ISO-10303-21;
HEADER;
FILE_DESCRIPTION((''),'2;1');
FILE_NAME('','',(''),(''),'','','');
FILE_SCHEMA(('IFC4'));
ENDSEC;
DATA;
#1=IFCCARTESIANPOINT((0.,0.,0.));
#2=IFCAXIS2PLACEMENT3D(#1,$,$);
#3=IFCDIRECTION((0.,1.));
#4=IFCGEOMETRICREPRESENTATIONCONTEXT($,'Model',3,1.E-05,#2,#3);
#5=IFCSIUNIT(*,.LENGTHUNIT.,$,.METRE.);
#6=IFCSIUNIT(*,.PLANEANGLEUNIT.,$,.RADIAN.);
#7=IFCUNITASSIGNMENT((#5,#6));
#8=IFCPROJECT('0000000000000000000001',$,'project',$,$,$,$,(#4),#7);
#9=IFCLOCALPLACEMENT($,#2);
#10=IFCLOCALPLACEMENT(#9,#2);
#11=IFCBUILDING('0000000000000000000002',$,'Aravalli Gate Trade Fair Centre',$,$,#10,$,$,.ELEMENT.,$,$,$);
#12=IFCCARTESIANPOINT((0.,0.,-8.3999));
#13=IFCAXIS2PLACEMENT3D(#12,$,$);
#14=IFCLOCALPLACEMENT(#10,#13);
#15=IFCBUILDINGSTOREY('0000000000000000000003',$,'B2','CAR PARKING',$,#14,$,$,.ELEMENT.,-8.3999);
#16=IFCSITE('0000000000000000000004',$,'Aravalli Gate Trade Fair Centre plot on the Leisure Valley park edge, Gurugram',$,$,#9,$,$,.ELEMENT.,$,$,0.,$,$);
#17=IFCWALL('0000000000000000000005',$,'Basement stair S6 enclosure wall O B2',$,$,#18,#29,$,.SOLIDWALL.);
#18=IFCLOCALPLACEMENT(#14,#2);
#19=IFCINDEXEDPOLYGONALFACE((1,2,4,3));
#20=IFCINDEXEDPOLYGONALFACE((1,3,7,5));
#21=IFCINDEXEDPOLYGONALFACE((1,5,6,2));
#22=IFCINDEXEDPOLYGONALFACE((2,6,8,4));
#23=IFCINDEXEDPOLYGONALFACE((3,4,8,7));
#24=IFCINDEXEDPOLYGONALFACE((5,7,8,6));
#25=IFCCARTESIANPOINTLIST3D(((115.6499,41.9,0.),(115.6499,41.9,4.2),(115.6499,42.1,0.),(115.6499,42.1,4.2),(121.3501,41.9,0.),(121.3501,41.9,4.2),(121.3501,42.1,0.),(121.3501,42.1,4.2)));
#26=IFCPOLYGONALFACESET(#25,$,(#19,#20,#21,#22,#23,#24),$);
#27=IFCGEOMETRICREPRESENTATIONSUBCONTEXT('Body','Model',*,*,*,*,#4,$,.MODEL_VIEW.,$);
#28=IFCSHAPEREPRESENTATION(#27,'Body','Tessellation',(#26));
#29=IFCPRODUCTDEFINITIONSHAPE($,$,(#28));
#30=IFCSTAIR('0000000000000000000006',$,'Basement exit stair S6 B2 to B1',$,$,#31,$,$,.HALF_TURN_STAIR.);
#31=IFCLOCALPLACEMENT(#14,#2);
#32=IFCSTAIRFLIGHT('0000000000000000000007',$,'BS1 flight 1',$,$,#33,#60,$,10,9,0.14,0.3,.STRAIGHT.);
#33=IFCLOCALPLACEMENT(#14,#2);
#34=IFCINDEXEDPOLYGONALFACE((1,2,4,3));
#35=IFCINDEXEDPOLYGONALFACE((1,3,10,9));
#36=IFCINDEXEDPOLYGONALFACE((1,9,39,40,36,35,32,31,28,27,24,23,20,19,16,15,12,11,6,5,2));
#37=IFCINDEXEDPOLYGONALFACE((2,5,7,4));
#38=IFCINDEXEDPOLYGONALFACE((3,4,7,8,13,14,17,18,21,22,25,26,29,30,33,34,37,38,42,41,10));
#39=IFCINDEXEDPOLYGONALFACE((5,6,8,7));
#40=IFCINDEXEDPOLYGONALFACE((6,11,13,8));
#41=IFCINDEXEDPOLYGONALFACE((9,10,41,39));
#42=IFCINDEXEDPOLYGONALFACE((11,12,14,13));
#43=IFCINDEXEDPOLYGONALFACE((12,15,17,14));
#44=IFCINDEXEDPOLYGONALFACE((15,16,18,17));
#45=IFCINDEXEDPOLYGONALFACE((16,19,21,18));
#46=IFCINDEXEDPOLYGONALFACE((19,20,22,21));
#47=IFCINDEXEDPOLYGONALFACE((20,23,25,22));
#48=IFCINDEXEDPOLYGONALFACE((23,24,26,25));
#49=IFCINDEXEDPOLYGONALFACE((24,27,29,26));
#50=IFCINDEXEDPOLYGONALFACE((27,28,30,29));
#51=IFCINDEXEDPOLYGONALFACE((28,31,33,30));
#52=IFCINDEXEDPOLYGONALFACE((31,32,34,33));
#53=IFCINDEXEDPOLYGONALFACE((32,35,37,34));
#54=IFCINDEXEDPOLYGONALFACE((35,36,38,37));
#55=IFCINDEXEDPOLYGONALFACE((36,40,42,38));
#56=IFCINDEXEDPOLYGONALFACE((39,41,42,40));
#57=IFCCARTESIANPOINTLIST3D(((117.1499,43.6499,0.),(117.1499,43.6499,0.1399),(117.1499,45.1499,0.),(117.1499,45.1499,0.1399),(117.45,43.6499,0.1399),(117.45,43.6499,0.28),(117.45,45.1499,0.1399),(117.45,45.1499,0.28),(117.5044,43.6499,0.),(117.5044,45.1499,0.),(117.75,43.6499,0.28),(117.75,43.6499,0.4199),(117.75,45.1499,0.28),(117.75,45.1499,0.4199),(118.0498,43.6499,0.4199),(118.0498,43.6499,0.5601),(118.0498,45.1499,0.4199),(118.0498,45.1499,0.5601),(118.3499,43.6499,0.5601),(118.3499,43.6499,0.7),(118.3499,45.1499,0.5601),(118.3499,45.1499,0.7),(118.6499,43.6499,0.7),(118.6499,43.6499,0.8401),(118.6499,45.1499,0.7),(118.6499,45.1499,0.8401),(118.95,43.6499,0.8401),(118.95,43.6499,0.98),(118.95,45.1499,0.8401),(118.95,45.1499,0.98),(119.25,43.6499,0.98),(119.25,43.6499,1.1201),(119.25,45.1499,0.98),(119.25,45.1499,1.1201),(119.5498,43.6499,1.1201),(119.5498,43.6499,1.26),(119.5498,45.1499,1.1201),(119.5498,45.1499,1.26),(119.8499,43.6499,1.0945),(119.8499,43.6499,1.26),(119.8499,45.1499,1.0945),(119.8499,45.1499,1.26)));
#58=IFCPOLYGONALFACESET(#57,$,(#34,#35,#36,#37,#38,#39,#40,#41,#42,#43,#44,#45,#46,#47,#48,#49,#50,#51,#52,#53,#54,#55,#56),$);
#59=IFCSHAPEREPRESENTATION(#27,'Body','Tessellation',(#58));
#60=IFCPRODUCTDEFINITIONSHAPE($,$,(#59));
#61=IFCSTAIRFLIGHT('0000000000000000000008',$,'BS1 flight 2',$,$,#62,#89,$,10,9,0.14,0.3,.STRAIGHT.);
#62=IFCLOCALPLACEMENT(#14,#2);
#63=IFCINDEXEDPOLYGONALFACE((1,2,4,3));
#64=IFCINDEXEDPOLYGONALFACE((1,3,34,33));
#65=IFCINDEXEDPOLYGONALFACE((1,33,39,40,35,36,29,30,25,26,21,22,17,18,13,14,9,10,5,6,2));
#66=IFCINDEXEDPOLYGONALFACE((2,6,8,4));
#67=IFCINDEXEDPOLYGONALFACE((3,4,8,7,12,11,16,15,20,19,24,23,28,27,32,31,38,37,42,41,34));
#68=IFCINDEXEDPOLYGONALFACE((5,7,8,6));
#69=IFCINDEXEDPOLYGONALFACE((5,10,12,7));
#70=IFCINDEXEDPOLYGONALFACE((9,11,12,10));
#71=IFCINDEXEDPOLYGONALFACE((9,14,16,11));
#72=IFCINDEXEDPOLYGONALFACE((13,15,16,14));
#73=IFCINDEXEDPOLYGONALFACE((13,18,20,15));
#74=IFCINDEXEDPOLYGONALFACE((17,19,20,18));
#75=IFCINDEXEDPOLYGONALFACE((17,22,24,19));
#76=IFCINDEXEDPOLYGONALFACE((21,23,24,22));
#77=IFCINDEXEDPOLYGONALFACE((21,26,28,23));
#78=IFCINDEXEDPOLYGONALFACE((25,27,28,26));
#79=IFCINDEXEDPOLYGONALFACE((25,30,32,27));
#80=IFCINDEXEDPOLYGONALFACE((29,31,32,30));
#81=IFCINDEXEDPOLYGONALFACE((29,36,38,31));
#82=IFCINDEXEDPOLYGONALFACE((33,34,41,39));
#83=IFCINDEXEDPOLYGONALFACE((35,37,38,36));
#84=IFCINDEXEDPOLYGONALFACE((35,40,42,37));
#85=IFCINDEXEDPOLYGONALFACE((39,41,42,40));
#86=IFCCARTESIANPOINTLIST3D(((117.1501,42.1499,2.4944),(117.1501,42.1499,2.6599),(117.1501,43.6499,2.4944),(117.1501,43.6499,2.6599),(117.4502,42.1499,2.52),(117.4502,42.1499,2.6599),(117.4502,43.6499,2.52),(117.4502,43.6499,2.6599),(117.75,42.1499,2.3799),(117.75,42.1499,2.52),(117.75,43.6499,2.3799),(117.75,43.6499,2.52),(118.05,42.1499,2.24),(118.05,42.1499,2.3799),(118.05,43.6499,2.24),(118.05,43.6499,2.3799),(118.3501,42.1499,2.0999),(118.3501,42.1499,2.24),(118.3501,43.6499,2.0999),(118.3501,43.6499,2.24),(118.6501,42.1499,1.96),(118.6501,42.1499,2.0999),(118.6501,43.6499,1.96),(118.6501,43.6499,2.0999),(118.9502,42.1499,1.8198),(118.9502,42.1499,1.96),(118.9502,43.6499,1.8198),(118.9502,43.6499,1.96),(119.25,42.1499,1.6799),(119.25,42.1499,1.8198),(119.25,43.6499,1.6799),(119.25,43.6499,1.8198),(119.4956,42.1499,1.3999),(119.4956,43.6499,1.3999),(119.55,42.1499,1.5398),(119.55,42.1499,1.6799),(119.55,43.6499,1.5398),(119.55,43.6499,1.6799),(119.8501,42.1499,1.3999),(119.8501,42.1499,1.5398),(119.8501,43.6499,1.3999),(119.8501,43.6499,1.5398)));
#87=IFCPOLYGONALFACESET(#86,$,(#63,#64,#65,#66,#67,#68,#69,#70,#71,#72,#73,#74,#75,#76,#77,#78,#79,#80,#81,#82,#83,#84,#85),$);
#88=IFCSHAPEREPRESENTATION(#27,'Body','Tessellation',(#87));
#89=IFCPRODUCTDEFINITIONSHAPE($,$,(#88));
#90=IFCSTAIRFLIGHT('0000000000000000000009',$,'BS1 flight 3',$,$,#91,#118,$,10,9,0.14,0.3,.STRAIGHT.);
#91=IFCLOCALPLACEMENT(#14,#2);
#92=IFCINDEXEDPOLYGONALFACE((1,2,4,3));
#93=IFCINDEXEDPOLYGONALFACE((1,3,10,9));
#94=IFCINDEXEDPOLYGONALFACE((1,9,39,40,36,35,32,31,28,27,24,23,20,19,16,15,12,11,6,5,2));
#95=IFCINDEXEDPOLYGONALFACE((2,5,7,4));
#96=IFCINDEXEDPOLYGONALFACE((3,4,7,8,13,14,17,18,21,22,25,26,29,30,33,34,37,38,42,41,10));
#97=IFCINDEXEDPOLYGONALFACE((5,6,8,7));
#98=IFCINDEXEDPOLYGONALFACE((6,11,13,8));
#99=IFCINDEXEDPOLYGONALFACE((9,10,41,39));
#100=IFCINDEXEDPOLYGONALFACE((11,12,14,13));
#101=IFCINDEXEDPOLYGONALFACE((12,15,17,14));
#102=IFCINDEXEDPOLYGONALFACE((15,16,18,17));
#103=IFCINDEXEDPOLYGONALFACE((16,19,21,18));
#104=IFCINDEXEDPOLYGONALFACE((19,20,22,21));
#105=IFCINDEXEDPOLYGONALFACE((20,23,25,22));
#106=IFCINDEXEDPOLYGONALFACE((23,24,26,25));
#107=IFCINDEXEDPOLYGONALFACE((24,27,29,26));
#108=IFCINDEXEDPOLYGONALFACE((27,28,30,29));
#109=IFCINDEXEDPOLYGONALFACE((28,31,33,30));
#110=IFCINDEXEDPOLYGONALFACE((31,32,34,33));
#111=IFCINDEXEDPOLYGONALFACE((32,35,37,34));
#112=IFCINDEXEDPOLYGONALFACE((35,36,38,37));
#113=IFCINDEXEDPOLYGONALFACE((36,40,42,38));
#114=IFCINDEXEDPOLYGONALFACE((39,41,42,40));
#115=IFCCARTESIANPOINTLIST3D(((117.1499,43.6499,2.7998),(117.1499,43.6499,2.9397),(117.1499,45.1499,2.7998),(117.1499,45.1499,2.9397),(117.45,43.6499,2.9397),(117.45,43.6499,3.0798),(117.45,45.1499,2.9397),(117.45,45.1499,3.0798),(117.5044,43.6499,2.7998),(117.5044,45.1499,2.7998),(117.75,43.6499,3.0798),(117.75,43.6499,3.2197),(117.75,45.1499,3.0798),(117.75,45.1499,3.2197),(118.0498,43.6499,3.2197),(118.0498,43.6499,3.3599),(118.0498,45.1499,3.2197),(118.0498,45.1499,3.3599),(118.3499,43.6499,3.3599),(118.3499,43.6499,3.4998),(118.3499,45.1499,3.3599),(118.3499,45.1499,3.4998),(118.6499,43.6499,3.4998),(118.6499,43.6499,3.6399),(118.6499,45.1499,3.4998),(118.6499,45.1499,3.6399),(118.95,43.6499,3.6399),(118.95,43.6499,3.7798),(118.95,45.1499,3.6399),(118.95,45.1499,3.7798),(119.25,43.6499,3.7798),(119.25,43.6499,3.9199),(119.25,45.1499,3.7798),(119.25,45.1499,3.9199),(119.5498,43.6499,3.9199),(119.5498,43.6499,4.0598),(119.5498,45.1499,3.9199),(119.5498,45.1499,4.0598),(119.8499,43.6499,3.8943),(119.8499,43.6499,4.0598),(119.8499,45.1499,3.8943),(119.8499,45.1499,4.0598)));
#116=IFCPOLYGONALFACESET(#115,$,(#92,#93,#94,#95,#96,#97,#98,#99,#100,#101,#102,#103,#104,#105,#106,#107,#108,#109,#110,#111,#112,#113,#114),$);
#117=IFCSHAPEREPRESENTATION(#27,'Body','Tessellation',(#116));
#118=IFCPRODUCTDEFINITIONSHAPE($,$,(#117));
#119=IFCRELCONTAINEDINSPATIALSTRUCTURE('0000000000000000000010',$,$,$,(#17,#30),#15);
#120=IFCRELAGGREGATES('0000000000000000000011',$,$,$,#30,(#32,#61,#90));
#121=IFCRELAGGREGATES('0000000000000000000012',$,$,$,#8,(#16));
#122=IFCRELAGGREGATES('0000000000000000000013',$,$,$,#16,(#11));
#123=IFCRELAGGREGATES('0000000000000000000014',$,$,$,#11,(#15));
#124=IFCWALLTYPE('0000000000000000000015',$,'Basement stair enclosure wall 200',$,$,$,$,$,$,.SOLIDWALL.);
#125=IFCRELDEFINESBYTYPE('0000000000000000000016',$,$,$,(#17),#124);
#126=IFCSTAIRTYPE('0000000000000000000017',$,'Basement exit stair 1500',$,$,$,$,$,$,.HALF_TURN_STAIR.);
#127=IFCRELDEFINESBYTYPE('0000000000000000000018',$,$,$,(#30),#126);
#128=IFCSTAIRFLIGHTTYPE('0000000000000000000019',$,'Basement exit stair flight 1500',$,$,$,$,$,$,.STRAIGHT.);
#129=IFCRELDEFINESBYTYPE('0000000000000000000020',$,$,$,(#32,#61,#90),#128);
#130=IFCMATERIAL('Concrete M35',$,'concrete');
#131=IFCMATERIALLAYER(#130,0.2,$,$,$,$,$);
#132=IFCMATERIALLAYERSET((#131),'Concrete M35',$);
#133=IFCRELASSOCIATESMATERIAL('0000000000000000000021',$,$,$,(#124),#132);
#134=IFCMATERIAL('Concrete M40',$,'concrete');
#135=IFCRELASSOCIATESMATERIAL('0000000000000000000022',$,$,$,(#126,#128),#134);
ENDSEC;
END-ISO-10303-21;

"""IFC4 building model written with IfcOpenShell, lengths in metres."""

from ifc_helpers import new_model, si_unit, direction, frame, frame_2d, origin, place, context, subcontext, project, spatial, polyline, rectangle, outline, extrude, material, layer, layer_set, type_object, element, aggregate, save


model = new_model("IFC4")

# Units and contexts
model_context = context("Model", 3, precision=1e-05, world=origin(), true_north=direction((0.0, 1.0)))
body_context = subcontext(model_context, "Body", "Model", "MODEL_VIEW")
ifc_project = project(units=[si_unit("LENGTHUNIT", "METRE"), si_unit("PLANEANGLEUNIT", "RADIAN")], contexts=[model_context])

# Site, building, storey
site_placement = place(None, origin())
site = spatial("IfcSite", under=ifc_project, at=site_placement, Name="Aravalli Gate Trade Fair Centre plot on the Leisure Valley park edge, Gurugram", CompositionType="ELEMENT", RefElevation=0.0)
building_placement = place(site_placement, origin())
building = spatial("IfcBuilding", under=site, at=building_placement, Name="Aravalli Gate Trade Fair Centre", CompositionType="ELEMENT")
storey_placement = place(building_placement, frame((0.0, 0.0, -8.3999)))
storey = spatial("IfcBuildingStorey", under=building, at=storey_placement, Name="B2", Description="CAR PARKING", CompositionType="ELEMENT", Elevation=-8.3999)

# Shared definitions
ifc_material_1 = material(Name="Concrete M35", Category="concrete")

# Wall
ifc_layer = layer(ifc_material_1, 0.2)
ifc_layer_set = layer_set([ifc_layer], Name="Concrete M35")
wall_type = type_object("IfcWallType", Name="Basement stair enclosure wall 200", PredefinedType="SOLIDWALL", material=ifc_layer_set)
wall_placement = place(storey_placement, frame((115.6499, 42.0, 0.0), z_axis=(0.0, 0.0, 1.0), x_axis=(1.0, 0.0, 0.0)))
element("IfcWall", 1, at=wall_placement, inside=storey, type_object=wall_type, Name="Basement stair S6 enclosure wall O B2", PredefinedType="SOLIDWALL", context=body_context, shape_type="SweptSolid", body=[
    extrude(rectangle(XDim=5.7002, YDim=0.2, at=frame_2d((2.8501, 0.0))), origin(), (0.0, 0.0, 1.0), 4.2),
])

# Stair, stair flights
ifc_material_2 = material(Name="Concrete M40", Category="concrete")
stair_type = type_object("IfcStairType", Name="Basement exit stair 1500", PredefinedType="HALF_TURN_STAIR", material=ifc_material_2)
stair_placement = place(storey_placement, origin())
stair = element("IfcStair", 2, at=stair_placement, inside=storey, type_object=stair_type, Name="Basement exit stair S6 B2 to B1", PredefinedType="HALF_TURN_STAIR")
stair_flight_type = type_object("IfcStairFlightType", Name="Basement exit stair flight 1500", PredefinedType="STRAIGHT", material=ifc_material_2)
stair_flight_1_placement = place(storey_placement, frame((117.1499, 44.3999, 0.0), z_axis=(0.0, 0.0, 1.0), x_axis=(1.0, 0.0, 0.0)))
stair_flight_1 = element("IfcStairFlight", 3, at=stair_flight_1_placement, type_object=stair_flight_type, Name="BS1 flight 1", NumberOfRisers=10, NumberOfTreads=9, PredefinedType="STRAIGHT", RiserHeight=0.14, TreadLength=0.3, context=body_context, shape_type="SweptSolid", body=[
    extrude(outline(polyline([(0.0, 0.0), (0.0, 0.1399), (0.3, 0.1399), (0.3, 0.28), (0.6001, 0.28), (0.6001, 0.4199), (0.8999, 0.4199), (0.8999, 0.5601), (1.2, 0.5601), (1.2, 0.7), (1.5, 0.7), (1.5, 0.8401), (1.8, 0.8401), (1.8, 0.98), (2.1001, 0.98), (2.1001, 1.1201), (2.3999, 1.1201), (2.3999, 1.26), (2.7, 1.26), (2.7, 1.3999), (2.7, 1.0945), (0.3545, 0.0), (0.0, 0.0)])), frame((0.0, 0.75, 0.0), z_axis=(0.0, -1.0, 0.0), x_axis=(1.0, 0.0, 0.0)), (0.0, 0.0, 1.0), 1.5),
])
stair_flight_2_placement = place(storey_placement, frame((119.8501, 42.8999, 1.3999), z_axis=(0.0, 0.0, 1.0), x_axis=(-1.0, 0.0, 0.0)))
stair_flight_2 = element("IfcStairFlight", 4, at=stair_flight_2_placement, type_object=stair_flight_type, Name="BS1 flight 2", NumberOfRisers=10, NumberOfTreads=9, PredefinedType="STRAIGHT", RiserHeight=0.14, TreadLength=0.3, context=body_context, shape_type="SweptSolid", body=[
    extrude(outline(polyline([(0.0, 0.0), (0.0, 0.1399), (0.3, 0.1399), (0.3, 0.28), (0.6001, 0.28), (0.6001, 0.4199), (0.8999, 0.4199), (0.8999, 0.5601), (1.2, 0.5601), (1.2, 0.7), (1.5, 0.7), (1.5, 0.8401), (1.8, 0.8401), (1.8, 0.98), (2.1001, 0.98), (2.1001, 1.1201), (2.3999, 1.1201), (2.3999, 1.26), (2.7, 1.26), (2.7, 1.3999), (2.7, 1.0945), (0.3545, 0.0), (0.0, 0.0)])), frame((0.0, 0.75, 0.0), z_axis=(0.0, -1.0, 0.0), x_axis=(1.0, 0.0, 0.0)), (0.0, 0.0, 1.0), 1.5),
])
stair_flight_3_placement = place(storey_placement, frame((117.1499, 44.3999, 2.7998), z_axis=(0.0, 0.0, 1.0), x_axis=(1.0, 0.0, 0.0)))
stair_flight_3 = element("IfcStairFlight", 5, at=stair_flight_3_placement, type_object=stair_flight_type, Name="BS1 flight 3", NumberOfRisers=10, NumberOfTreads=9, PredefinedType="STRAIGHT", RiserHeight=0.14, TreadLength=0.3, context=body_context, shape_type="SweptSolid", body=[
    extrude(outline(polyline([(0.0, 0.0), (0.0, 0.1399), (0.3, 0.1399), (0.3, 0.28), (0.6001, 0.28), (0.6001, 0.4199), (0.8999, 0.4199), (0.8999, 0.5601), (1.2, 0.5601), (1.2, 0.7), (1.5, 0.7), (1.5, 0.8401), (1.8, 0.8401), (1.8, 0.98), (2.1001, 0.98), (2.1001, 1.1201), (2.3999, 1.1201), (2.3999, 1.26), (2.7, 1.26), (2.7, 1.3999), (2.7, 1.0945), (0.3545, 0.0), (0.0, 0.0)])), frame((0.0, 0.75, 0.0), z_axis=(0.0, -1.0, 0.0), x_axis=(1.0, 0.0, 0.0)), (0.0, 0.0, 1.0), 1.5),
])
aggregate(stair, [stair_flight_1, stair_flight_2, stair_flight_3])

save(model, "model.ifc")
